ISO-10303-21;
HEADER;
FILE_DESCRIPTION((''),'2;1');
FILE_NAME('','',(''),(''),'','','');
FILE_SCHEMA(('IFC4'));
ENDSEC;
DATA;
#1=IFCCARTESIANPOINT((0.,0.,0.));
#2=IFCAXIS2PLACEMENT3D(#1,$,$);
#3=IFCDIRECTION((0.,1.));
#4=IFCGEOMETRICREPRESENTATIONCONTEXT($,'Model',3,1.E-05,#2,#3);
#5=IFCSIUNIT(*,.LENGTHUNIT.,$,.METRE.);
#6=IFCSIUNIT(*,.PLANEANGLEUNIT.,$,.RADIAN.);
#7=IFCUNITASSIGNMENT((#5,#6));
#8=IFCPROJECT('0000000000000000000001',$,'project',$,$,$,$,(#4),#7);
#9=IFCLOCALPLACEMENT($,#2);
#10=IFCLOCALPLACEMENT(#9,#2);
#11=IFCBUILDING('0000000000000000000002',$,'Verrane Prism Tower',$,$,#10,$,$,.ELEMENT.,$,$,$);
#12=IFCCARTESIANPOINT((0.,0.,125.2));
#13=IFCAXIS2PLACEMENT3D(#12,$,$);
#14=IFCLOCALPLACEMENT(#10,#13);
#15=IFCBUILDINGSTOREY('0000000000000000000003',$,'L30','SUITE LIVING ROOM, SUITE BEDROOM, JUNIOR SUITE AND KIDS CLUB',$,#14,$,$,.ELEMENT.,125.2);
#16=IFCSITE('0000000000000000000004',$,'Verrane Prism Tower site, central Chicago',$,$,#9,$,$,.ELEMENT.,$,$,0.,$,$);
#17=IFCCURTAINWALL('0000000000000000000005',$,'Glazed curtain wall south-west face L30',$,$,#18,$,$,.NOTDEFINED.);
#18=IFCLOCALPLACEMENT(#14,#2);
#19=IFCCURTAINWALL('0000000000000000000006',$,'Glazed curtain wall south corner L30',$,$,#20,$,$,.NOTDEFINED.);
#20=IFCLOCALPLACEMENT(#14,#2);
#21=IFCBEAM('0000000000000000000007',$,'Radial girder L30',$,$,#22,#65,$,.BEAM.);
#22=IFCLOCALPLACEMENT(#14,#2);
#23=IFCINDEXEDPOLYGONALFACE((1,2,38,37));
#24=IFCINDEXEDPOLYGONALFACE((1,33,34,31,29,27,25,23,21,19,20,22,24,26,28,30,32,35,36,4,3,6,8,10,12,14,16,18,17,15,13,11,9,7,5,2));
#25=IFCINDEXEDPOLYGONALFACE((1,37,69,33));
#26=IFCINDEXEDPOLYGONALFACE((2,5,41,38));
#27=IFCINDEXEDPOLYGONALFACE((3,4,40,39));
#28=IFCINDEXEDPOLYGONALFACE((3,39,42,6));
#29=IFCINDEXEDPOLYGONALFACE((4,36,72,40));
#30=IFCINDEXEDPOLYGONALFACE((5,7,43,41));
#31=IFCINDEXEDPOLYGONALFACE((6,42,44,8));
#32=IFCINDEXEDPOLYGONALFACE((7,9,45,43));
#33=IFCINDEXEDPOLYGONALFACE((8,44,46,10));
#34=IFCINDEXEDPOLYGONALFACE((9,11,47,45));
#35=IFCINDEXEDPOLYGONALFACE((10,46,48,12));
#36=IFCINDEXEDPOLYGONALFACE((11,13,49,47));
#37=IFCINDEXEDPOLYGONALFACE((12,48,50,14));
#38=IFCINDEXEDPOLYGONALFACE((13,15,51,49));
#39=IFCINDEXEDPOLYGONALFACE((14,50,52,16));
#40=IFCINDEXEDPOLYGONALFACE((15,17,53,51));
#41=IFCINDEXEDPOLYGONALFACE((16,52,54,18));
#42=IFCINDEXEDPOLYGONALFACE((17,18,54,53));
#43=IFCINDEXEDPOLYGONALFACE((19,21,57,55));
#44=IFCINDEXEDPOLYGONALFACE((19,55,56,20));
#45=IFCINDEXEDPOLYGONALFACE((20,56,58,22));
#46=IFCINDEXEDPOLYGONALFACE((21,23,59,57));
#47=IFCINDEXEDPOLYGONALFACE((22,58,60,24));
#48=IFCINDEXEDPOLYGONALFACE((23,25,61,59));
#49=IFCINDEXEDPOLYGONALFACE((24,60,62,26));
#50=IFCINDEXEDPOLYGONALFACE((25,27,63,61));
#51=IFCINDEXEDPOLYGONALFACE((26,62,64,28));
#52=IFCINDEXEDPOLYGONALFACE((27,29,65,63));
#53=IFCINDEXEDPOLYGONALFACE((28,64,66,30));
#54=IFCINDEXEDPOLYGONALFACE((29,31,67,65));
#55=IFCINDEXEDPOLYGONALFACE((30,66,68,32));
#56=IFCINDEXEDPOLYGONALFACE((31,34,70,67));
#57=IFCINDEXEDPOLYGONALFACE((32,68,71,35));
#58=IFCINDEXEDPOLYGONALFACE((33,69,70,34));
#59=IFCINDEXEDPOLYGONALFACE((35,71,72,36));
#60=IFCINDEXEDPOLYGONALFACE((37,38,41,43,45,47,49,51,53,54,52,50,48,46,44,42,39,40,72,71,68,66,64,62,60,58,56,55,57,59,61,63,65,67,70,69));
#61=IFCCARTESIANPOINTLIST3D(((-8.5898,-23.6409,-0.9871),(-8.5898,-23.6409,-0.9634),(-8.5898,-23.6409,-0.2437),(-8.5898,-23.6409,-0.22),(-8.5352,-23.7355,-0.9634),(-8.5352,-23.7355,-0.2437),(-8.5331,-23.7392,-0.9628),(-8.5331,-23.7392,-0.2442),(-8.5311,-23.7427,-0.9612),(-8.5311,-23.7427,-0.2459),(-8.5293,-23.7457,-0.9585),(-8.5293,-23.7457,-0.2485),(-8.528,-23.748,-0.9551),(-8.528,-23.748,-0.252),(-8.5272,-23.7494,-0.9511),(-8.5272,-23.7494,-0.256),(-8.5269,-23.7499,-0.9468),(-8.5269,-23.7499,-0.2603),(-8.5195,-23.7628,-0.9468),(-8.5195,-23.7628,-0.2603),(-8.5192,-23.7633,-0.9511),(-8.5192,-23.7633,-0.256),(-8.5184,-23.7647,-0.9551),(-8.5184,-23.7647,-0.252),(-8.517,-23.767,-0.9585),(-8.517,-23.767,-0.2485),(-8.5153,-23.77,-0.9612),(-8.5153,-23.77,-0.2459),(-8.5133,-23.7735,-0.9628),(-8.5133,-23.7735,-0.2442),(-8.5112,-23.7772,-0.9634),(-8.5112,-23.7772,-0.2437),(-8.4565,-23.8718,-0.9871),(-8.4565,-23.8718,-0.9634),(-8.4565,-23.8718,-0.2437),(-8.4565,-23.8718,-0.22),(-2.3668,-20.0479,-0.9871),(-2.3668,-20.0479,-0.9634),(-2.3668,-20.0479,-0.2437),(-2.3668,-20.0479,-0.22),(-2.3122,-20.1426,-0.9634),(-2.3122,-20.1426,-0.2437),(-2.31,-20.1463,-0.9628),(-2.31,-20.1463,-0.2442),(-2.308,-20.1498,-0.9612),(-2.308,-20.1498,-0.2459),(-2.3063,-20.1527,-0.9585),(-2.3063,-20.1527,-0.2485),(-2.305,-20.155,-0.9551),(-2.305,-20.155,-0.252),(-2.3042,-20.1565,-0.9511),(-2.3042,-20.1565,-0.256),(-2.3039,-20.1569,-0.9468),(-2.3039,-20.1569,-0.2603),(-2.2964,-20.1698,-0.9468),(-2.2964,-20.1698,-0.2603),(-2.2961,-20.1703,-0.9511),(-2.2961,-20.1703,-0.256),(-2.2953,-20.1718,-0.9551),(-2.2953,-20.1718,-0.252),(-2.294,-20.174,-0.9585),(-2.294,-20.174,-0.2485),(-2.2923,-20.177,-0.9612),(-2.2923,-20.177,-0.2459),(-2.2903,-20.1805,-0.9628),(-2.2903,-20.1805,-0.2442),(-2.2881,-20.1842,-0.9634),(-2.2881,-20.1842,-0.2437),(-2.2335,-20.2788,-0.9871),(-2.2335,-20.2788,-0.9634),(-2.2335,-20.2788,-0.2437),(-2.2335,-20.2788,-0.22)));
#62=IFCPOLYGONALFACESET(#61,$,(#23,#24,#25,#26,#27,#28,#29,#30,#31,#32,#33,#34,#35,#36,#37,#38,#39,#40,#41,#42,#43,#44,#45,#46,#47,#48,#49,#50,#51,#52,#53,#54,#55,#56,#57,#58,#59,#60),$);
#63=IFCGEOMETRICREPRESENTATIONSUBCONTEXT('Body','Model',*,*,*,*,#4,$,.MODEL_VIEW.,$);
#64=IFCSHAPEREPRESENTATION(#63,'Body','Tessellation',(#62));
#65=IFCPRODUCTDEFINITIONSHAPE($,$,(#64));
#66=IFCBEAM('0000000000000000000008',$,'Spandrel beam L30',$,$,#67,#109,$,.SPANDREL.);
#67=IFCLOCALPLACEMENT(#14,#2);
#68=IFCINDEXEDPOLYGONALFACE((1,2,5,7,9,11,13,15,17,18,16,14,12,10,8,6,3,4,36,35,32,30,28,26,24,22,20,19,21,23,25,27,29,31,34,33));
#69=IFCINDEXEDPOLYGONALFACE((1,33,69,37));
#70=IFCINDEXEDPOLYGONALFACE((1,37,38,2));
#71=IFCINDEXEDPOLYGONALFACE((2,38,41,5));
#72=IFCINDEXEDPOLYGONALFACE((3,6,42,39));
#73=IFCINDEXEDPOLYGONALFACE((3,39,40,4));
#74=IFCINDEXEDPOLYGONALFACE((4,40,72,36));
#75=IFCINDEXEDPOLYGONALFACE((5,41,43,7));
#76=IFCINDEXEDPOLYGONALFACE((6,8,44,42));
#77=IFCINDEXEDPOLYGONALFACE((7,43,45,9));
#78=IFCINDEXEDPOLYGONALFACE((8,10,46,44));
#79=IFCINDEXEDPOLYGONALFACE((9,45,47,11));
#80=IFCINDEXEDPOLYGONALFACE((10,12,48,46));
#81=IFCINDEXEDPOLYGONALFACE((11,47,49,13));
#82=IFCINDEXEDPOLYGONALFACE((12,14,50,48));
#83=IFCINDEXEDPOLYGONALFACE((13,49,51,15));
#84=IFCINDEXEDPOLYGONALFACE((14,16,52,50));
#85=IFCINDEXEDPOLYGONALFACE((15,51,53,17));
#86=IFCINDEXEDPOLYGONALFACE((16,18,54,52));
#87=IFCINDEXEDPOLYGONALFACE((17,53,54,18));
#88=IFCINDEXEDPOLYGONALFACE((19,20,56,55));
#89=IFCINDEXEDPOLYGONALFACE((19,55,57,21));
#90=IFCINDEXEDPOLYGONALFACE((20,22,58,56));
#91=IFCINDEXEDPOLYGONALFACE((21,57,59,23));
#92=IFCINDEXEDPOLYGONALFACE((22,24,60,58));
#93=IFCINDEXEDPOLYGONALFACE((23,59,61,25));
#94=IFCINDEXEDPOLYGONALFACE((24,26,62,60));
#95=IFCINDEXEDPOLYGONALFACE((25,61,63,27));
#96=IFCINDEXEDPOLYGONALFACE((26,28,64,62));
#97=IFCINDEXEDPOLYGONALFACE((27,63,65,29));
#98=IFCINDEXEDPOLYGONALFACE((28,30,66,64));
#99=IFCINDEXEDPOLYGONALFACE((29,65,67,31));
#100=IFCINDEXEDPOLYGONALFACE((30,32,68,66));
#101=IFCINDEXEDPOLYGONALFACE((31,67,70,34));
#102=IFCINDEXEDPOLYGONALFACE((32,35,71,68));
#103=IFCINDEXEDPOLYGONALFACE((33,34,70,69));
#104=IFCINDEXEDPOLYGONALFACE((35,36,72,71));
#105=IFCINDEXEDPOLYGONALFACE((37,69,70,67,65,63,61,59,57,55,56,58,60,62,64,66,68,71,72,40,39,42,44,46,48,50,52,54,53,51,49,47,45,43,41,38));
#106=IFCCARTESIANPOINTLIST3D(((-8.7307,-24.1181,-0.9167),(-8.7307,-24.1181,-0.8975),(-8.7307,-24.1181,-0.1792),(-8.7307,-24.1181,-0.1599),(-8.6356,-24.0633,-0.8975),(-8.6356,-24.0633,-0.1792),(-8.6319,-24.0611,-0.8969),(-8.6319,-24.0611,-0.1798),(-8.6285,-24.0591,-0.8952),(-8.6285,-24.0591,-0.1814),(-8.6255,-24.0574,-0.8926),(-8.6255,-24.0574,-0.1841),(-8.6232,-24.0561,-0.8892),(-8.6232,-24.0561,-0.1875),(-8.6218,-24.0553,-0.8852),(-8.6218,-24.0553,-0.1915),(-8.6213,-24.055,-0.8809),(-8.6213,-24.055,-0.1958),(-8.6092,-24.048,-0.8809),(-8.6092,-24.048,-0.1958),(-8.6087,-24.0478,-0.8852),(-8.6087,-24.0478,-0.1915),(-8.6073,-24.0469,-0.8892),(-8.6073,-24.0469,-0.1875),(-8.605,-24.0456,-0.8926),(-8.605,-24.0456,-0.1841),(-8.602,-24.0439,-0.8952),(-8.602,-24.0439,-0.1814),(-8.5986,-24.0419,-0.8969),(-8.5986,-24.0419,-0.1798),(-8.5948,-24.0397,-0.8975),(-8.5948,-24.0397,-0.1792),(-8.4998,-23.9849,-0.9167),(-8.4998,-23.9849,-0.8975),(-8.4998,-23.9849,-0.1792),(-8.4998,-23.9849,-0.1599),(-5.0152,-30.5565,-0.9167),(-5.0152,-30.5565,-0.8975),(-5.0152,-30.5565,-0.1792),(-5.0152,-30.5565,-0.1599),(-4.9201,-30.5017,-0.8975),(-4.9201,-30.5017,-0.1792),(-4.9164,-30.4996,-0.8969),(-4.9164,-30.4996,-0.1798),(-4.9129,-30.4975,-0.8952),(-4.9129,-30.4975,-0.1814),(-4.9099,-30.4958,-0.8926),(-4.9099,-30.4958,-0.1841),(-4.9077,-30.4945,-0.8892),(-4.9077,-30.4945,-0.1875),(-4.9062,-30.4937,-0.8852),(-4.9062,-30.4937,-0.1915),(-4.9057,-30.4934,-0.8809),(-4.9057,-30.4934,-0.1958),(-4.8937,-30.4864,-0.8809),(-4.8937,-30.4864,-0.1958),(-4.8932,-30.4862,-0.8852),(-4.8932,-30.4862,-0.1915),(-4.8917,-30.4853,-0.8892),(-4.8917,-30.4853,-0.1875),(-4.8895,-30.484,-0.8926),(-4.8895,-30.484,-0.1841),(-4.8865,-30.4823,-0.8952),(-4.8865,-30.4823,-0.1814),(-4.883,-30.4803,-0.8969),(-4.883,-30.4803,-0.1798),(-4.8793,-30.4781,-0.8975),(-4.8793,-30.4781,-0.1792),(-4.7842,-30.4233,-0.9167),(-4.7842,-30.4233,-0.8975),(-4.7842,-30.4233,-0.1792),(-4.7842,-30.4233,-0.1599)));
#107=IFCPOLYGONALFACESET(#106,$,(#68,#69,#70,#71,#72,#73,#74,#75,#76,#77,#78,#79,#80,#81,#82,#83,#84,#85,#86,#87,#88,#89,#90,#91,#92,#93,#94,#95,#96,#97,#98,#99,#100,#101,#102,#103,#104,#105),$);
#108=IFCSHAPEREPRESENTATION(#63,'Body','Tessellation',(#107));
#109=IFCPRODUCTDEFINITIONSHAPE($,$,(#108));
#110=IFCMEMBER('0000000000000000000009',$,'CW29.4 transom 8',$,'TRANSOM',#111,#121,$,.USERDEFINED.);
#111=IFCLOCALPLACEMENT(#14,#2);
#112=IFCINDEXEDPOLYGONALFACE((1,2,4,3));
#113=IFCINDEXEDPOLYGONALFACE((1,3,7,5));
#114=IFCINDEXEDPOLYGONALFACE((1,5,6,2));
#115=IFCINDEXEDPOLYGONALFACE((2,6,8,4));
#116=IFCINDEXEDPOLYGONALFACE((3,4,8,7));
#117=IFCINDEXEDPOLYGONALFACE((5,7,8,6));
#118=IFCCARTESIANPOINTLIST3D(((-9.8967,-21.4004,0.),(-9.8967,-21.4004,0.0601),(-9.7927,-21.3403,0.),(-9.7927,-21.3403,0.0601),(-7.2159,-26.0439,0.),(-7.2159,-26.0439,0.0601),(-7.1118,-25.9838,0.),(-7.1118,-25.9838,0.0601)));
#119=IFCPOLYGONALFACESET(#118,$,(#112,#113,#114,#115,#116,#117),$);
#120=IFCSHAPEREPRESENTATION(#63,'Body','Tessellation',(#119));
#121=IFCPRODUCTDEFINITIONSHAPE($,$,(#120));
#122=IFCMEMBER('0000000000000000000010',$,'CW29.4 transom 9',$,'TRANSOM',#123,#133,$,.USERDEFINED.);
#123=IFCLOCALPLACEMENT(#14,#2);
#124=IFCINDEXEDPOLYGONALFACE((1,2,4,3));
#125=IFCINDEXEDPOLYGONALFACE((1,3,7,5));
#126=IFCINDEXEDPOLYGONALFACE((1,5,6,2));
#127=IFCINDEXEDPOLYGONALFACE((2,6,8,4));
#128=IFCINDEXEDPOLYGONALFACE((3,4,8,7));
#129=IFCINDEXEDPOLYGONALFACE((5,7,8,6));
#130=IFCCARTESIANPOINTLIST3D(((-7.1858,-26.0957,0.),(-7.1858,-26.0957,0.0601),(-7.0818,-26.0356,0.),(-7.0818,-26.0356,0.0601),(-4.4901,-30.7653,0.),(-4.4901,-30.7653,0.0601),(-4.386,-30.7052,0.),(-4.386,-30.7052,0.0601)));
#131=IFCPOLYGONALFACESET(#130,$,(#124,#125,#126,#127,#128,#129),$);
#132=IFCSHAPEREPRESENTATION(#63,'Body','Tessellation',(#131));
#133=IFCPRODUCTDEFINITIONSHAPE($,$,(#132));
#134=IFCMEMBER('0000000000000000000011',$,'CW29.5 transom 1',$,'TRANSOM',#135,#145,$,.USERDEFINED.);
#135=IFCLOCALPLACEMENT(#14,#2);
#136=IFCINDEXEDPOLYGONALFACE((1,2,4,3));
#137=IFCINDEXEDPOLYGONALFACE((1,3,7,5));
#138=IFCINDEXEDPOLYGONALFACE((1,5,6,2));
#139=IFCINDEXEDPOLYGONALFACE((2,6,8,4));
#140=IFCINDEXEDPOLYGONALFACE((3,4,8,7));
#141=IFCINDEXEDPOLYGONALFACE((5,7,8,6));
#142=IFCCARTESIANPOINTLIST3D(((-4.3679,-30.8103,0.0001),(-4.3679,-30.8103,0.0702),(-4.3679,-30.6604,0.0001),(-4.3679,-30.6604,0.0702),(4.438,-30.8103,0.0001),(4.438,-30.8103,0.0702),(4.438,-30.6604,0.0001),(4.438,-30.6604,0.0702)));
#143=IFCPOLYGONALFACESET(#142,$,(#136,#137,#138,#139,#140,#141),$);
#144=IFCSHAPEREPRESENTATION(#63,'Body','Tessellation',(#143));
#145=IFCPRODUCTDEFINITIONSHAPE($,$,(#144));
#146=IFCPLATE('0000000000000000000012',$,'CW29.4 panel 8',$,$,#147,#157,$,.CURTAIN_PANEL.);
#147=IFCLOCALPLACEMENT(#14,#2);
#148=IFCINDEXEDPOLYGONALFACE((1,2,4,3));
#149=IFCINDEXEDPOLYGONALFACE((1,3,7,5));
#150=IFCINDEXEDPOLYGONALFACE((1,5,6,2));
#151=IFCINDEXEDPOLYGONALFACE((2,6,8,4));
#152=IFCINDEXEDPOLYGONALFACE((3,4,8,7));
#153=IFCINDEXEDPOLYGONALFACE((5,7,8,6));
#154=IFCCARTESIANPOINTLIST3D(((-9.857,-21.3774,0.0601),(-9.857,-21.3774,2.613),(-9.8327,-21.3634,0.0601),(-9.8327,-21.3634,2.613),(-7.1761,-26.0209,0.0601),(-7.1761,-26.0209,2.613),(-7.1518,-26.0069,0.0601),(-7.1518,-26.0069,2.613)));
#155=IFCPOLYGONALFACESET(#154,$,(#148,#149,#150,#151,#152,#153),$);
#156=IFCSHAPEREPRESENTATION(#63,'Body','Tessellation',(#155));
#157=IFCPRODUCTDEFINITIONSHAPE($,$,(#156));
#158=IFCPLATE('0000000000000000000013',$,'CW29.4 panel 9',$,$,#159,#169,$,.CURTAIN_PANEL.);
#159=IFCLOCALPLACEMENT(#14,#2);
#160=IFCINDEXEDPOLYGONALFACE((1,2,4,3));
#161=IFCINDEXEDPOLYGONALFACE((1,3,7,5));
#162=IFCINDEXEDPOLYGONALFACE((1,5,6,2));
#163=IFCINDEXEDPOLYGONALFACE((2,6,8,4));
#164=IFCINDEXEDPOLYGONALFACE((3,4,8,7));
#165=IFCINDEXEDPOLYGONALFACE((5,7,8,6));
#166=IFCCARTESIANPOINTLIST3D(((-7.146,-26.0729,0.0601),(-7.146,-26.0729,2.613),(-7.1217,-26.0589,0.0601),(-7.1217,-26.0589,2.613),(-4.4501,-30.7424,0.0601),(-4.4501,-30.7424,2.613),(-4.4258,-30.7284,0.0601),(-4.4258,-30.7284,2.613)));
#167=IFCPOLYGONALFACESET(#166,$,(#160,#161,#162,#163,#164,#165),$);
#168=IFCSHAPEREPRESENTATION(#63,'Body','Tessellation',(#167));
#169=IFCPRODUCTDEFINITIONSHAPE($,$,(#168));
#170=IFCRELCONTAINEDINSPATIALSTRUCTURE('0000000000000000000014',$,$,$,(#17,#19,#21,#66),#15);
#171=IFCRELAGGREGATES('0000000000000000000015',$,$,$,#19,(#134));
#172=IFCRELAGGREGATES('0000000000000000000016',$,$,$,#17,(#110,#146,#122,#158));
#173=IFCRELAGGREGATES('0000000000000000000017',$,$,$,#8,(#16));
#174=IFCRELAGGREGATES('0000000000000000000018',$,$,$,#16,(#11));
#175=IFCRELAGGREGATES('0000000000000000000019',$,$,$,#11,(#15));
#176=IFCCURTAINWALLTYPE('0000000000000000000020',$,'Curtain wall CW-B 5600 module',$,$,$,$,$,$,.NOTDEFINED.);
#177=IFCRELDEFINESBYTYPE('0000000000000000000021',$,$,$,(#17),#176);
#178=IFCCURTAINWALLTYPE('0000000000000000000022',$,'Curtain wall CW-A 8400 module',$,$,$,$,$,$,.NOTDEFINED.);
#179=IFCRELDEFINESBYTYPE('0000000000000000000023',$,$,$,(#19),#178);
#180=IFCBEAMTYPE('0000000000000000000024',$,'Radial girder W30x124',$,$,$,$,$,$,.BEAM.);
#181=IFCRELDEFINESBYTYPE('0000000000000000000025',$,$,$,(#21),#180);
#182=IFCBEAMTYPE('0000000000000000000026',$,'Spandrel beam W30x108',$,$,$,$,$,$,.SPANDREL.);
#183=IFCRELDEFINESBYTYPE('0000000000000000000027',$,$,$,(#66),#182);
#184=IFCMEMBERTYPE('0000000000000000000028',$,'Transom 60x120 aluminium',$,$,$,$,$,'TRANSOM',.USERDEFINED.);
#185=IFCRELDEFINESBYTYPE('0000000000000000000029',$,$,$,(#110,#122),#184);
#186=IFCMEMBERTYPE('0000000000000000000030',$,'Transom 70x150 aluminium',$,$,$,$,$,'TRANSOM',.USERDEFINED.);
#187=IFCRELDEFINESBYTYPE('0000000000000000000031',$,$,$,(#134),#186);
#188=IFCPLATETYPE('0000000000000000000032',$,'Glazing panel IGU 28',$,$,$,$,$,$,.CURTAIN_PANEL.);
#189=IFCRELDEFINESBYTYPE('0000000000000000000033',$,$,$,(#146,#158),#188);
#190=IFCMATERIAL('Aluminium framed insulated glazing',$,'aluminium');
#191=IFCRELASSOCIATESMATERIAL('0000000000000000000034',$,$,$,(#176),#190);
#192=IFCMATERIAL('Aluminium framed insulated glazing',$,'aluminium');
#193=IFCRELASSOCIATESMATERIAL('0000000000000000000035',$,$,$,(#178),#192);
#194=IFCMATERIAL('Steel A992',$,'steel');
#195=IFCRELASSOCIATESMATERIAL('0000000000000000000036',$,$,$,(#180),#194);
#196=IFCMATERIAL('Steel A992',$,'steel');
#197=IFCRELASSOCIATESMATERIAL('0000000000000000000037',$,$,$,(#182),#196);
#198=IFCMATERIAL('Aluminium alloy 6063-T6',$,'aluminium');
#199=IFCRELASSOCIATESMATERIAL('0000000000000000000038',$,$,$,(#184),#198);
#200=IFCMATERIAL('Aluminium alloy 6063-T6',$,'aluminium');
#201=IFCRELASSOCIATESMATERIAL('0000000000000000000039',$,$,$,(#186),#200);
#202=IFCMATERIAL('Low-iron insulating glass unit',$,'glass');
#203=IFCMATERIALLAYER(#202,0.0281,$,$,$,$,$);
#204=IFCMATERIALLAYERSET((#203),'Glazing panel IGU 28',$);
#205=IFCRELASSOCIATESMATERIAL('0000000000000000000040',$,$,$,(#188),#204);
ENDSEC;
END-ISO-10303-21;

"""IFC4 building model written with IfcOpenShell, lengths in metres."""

from ifc_helpers import new_model, si_unit, direction, frame, origin, origin_2d, place, context, subcontext, project, spatial, rectangle, i_section, extrude, material, layer, layer_set, material_profile, profile_set, type_object, element, aggregate, save


model = new_model("IFC4")

# Units and contexts
model_context = context("Model", 3, precision=1e-05, world=origin(), true_north=direction((0.0, 1.0)))
body_context = subcontext(model_context, "Body", "Model", "MODEL_VIEW")
ifc_project = project(units=[si_unit("LENGTHUNIT", "METRE"), si_unit("PLANEANGLEUNIT", "RADIAN")], contexts=[model_context])

# Site, building, storey
site_placement = place(None, origin())
site = spatial("IfcSite", under=ifc_project, at=site_placement, Name="Verrane Prism Tower site, central Chicago", CompositionType="ELEMENT", RefElevation=0.0)
building_placement = place(site_placement, origin())
building = spatial("IfcBuilding", under=site, at=building_placement, Name="Verrane Prism Tower", CompositionType="ELEMENT")
storey_placement = place(building_placement, frame((0.0, 0.0, 125.2)))
storey = spatial("IfcBuildingStorey", under=building, at=storey_placement, Name="L30", Description="SUITE LIVING ROOM, SUITE BEDROOM, JUNIOR SUITE AND KIDS CLUB", CompositionType="ELEMENT", Elevation=125.2)

# Curtain wall
ifc_material_1 = material(Name="Aluminium framed insulated glazing", Category="aluminium")
curtain_wall_type_1 = type_object("IfcCurtainWallType", Name="Curtain wall CW-B 5600 module", PredefinedType="NOTDEFINED", material=ifc_material_1)
curtain_wall_1_placement = place(storey_placement, origin())
curtain_wall_1 = element("IfcCurtainWall", 1, at=curtain_wall_1_placement, inside=storey, type_object=curtain_wall_type_1, Name="Glazed curtain wall south-west face L30", PredefinedType="NOTDEFINED")

# Curtain wall
ifc_material_2 = material(Name="Aluminium framed insulated glazing", Category="aluminium")
curtain_wall_type_2 = type_object("IfcCurtainWallType", Name="Curtain wall CW-A 8400 module", PredefinedType="NOTDEFINED", material=ifc_material_2)
curtain_wall_2_placement = place(storey_placement, origin())
curtain_wall_2 = element("IfcCurtainWall", 2, at=curtain_wall_2_placement, inside=storey, type_object=curtain_wall_type_2, Name="Glazed curtain wall south corner L30", PredefinedType="NOTDEFINED")

# Beams
ifc_material_3 = material(Name="Steel A992", Category="steel")
ifc_material_profile_1 = material_profile(ifc_material_3, i_section(OverallWidth=0.2666, OverallDepth=0.7671, WebThickness=0.0149, FlangeThickness=0.0237, FilletRadius=0.0166, at=origin_2d()), Name="W30x124")
ifc_profile_set_1 = profile_set([ifc_material_profile_1], Name="Steel A992")
beam_type_1 = type_object("IfcBeamType", Name="Radial girder W30x124", PredefinedType="BEAM", material=ifc_profile_set_1)
beam_1_placement = place(storey_placement, frame((-8.5232, -23.7563, -0.6035), z_axis=(0.86602, 0.500009, 0.0), x_axis=(-0.500009, 0.86602, 0.0)))
element("IfcBeam", 3, at=beam_1_placement, inside=storey, type_object=beam_type_1, Name="Radial girder L30", PredefinedType="BEAM", context=body_context, shape_type="SweptSolid", body=[
    extrude(i_section(OverallWidth=0.2666, OverallDepth=0.7671, WebThickness=0.0149, FlangeThickness=0.0237, FilletRadius=0.0166, at=origin_2d()), origin(), (0.0, 0.0, 1.0), 7.1858),
])
ifc_material_4 = material(Name="Steel A992", Category="steel")
ifc_material_profile_2 = material_profile(ifc_material_4, i_section(OverallWidth=0.2666, OverallDepth=0.7568, WebThickness=0.0139, FlangeThickness=0.0193, FilletRadius=0.0166, at=origin_2d()), Name="W30x108")
ifc_profile_set_2 = profile_set([ifc_material_profile_2], Name="Steel A992")
beam_type_2 = type_object("IfcBeamType", Name="Spandrel beam W30x108", PredefinedType="SPANDREL", material=ifc_profile_set_2)
beam_2_placement = place(storey_placement, frame((-8.6152, -24.0515, -0.5383), z_axis=(0.49983, -0.866123, 0.0), x_axis=(0.866123, 0.49983, 0.0)))
element("IfcBeam", 4, at=beam_2_placement, inside=storey, type_object=beam_type_2, Name="Spandrel beam L30", PredefinedType="SPANDREL", context=body_context, shape_type="SweptSolid", body=[
    extrude(i_section(OverallWidth=0.2666, OverallDepth=0.7568, WebThickness=0.0139, FlangeThickness=0.0193, FilletRadius=0.0166, at=origin_2d()), origin(), (0.0, 0.0, 1.0), 7.4336),
])

# Members
ifc_material_5 = material(Name="Aluminium alloy 6063-T6", Category="aluminium")
ifc_material_profile_3 = material_profile(ifc_material_5, rectangle(XDim=0.1201, YDim=0.0601, at=origin_2d()), Name="Transom 60x120 aluminium")
ifc_profile_set_3 = profile_set([ifc_material_profile_3], Name="Aluminium alloy 6063-T6")
member_type_1 = type_object("IfcMemberType", Name="Transom 60x120 aluminium", ElementType="TRANSOM", PredefinedType="USERDEFINED", material=ifc_profile_set_3)
member_1_placement = place(storey_placement, frame((-9.8447, -21.3704, 0.03), z_axis=(0.499993, -0.866029, 0.0), x_axis=(0.866029, 0.499993, 0.0)))
member_1 = element("IfcMember", 5, at=member_1_placement, type_object=member_type_1, Name="CW29.4 transom 8", ObjectType="TRANSOM", PredefinedType="USERDEFINED", context=body_context, shape_type="SweptSolid", body=[
    extrude(rectangle(XDim=0.1201, YDim=0.0601, at=origin_2d()), origin(), (0.0, 0.0, 1.0), 5.3618),
])
member_2_placement = place(storey_placement, frame((-7.1338, -26.0657, 0.03), z_axis=(0.499967, -0.866045, 0.0), x_axis=(0.866045, 0.499967, 0.0)))
member_2 = element("IfcMember", 6, at=member_2_placement, type_object=member_type_1, Name="CW29.4 transom 9", ObjectType="TRANSOM", PredefinedType="USERDEFINED", context=body_context, shape_type="SweptSolid", body=[
    extrude(rectangle(XDim=0.1201, YDim=0.0601, at=origin_2d()), origin(), (0.0, 0.0, 1.0), 5.3918),
])
ifc_material_6 = material(Name="Aluminium alloy 6063-T6", Category="aluminium")
ifc_material_profile_4 = material_profile(ifc_material_6, rectangle(XDim=0.1499, YDim=0.0701, at=origin_2d()), Name="Transom 70x150 aluminium")
ifc_profile_set_4 = profile_set([ifc_material_profile_4], Name="Aluminium alloy 6063-T6")
member_type_2 = type_object("IfcMemberType", Name="Transom 70x150 aluminium", ElementType="TRANSOM", PredefinedType="USERDEFINED", material=ifc_profile_set_4)
member_3_placement = place(storey_placement, frame((-4.3679, -30.7354, 0.0352), z_axis=(1.0, 0.0, 0.0), x_axis=(0.0, 1.0, 0.0)))
member_3 = element("IfcMember", 7, at=member_3_placement, type_object=member_type_2, Name="CW29.5 transom 1", ObjectType="TRANSOM", PredefinedType="USERDEFINED", context=body_context, shape_type="SweptSolid", body=[
    extrude(rectangle(XDim=0.1499, YDim=0.0701, at=origin_2d()), origin(), (0.0, 0.0, 1.0), 8.8059),
])
aggregate(curtain_wall_2, [member_3])

# Plates
ifc_material_7 = material(Name="Low-iron insulating glass unit", Category="glass")
ifc_layer_1 = layer(ifc_material_7, 0.0281)
ifc_layer_set_1 = layer_set([ifc_layer_1], Name="Glazing panel IGU 28")
plate_type = type_object("IfcPlateType", Name="Glazing panel IGU 28", PredefinedType="CURTAIN_PANEL", material=ifc_layer_set_1)
plate_1_placement = place(storey_placement, frame((-8.5044, -23.6921, 0.0601), z_axis=(0.0, 0.0, 1.0), x_axis=(0.5, -0.866025, 0.0)))
plate_1 = element("IfcPlate", 8, at=plate_1_placement, type_object=plate_type, Name="CW29.4 panel 8", PredefinedType="CURTAIN_PANEL", context=body_context, shape_type="SweptSolid", body=[
    extrude(rectangle(XDim=5.3618, YDim=0.0281, at=origin_2d()), origin(), (0.0, 0.0, 1.0), 2.553),
])
plate_2_placement = place(storey_placement, frame((-5.7859, -28.4006, 0.0601), z_axis=(0.0, 0.0, 1.0), x_axis=(0.5, -0.866025, 0.0)))
plate_2 = element("IfcPlate", 9, at=plate_2_placement, type_object=plate_type, Name="CW29.4 panel 9", PredefinedType="CURTAIN_PANEL", context=body_context, shape_type="SweptSolid", body=[
    extrude(rectangle(XDim=5.3918, YDim=0.0281, at=origin_2d()), origin(), (0.0, 0.0, 1.0), 2.553),
])
aggregate(curtain_wall_1, [member_1, plate_1, member_2, plate_2])

save(model, "model.ifc")
